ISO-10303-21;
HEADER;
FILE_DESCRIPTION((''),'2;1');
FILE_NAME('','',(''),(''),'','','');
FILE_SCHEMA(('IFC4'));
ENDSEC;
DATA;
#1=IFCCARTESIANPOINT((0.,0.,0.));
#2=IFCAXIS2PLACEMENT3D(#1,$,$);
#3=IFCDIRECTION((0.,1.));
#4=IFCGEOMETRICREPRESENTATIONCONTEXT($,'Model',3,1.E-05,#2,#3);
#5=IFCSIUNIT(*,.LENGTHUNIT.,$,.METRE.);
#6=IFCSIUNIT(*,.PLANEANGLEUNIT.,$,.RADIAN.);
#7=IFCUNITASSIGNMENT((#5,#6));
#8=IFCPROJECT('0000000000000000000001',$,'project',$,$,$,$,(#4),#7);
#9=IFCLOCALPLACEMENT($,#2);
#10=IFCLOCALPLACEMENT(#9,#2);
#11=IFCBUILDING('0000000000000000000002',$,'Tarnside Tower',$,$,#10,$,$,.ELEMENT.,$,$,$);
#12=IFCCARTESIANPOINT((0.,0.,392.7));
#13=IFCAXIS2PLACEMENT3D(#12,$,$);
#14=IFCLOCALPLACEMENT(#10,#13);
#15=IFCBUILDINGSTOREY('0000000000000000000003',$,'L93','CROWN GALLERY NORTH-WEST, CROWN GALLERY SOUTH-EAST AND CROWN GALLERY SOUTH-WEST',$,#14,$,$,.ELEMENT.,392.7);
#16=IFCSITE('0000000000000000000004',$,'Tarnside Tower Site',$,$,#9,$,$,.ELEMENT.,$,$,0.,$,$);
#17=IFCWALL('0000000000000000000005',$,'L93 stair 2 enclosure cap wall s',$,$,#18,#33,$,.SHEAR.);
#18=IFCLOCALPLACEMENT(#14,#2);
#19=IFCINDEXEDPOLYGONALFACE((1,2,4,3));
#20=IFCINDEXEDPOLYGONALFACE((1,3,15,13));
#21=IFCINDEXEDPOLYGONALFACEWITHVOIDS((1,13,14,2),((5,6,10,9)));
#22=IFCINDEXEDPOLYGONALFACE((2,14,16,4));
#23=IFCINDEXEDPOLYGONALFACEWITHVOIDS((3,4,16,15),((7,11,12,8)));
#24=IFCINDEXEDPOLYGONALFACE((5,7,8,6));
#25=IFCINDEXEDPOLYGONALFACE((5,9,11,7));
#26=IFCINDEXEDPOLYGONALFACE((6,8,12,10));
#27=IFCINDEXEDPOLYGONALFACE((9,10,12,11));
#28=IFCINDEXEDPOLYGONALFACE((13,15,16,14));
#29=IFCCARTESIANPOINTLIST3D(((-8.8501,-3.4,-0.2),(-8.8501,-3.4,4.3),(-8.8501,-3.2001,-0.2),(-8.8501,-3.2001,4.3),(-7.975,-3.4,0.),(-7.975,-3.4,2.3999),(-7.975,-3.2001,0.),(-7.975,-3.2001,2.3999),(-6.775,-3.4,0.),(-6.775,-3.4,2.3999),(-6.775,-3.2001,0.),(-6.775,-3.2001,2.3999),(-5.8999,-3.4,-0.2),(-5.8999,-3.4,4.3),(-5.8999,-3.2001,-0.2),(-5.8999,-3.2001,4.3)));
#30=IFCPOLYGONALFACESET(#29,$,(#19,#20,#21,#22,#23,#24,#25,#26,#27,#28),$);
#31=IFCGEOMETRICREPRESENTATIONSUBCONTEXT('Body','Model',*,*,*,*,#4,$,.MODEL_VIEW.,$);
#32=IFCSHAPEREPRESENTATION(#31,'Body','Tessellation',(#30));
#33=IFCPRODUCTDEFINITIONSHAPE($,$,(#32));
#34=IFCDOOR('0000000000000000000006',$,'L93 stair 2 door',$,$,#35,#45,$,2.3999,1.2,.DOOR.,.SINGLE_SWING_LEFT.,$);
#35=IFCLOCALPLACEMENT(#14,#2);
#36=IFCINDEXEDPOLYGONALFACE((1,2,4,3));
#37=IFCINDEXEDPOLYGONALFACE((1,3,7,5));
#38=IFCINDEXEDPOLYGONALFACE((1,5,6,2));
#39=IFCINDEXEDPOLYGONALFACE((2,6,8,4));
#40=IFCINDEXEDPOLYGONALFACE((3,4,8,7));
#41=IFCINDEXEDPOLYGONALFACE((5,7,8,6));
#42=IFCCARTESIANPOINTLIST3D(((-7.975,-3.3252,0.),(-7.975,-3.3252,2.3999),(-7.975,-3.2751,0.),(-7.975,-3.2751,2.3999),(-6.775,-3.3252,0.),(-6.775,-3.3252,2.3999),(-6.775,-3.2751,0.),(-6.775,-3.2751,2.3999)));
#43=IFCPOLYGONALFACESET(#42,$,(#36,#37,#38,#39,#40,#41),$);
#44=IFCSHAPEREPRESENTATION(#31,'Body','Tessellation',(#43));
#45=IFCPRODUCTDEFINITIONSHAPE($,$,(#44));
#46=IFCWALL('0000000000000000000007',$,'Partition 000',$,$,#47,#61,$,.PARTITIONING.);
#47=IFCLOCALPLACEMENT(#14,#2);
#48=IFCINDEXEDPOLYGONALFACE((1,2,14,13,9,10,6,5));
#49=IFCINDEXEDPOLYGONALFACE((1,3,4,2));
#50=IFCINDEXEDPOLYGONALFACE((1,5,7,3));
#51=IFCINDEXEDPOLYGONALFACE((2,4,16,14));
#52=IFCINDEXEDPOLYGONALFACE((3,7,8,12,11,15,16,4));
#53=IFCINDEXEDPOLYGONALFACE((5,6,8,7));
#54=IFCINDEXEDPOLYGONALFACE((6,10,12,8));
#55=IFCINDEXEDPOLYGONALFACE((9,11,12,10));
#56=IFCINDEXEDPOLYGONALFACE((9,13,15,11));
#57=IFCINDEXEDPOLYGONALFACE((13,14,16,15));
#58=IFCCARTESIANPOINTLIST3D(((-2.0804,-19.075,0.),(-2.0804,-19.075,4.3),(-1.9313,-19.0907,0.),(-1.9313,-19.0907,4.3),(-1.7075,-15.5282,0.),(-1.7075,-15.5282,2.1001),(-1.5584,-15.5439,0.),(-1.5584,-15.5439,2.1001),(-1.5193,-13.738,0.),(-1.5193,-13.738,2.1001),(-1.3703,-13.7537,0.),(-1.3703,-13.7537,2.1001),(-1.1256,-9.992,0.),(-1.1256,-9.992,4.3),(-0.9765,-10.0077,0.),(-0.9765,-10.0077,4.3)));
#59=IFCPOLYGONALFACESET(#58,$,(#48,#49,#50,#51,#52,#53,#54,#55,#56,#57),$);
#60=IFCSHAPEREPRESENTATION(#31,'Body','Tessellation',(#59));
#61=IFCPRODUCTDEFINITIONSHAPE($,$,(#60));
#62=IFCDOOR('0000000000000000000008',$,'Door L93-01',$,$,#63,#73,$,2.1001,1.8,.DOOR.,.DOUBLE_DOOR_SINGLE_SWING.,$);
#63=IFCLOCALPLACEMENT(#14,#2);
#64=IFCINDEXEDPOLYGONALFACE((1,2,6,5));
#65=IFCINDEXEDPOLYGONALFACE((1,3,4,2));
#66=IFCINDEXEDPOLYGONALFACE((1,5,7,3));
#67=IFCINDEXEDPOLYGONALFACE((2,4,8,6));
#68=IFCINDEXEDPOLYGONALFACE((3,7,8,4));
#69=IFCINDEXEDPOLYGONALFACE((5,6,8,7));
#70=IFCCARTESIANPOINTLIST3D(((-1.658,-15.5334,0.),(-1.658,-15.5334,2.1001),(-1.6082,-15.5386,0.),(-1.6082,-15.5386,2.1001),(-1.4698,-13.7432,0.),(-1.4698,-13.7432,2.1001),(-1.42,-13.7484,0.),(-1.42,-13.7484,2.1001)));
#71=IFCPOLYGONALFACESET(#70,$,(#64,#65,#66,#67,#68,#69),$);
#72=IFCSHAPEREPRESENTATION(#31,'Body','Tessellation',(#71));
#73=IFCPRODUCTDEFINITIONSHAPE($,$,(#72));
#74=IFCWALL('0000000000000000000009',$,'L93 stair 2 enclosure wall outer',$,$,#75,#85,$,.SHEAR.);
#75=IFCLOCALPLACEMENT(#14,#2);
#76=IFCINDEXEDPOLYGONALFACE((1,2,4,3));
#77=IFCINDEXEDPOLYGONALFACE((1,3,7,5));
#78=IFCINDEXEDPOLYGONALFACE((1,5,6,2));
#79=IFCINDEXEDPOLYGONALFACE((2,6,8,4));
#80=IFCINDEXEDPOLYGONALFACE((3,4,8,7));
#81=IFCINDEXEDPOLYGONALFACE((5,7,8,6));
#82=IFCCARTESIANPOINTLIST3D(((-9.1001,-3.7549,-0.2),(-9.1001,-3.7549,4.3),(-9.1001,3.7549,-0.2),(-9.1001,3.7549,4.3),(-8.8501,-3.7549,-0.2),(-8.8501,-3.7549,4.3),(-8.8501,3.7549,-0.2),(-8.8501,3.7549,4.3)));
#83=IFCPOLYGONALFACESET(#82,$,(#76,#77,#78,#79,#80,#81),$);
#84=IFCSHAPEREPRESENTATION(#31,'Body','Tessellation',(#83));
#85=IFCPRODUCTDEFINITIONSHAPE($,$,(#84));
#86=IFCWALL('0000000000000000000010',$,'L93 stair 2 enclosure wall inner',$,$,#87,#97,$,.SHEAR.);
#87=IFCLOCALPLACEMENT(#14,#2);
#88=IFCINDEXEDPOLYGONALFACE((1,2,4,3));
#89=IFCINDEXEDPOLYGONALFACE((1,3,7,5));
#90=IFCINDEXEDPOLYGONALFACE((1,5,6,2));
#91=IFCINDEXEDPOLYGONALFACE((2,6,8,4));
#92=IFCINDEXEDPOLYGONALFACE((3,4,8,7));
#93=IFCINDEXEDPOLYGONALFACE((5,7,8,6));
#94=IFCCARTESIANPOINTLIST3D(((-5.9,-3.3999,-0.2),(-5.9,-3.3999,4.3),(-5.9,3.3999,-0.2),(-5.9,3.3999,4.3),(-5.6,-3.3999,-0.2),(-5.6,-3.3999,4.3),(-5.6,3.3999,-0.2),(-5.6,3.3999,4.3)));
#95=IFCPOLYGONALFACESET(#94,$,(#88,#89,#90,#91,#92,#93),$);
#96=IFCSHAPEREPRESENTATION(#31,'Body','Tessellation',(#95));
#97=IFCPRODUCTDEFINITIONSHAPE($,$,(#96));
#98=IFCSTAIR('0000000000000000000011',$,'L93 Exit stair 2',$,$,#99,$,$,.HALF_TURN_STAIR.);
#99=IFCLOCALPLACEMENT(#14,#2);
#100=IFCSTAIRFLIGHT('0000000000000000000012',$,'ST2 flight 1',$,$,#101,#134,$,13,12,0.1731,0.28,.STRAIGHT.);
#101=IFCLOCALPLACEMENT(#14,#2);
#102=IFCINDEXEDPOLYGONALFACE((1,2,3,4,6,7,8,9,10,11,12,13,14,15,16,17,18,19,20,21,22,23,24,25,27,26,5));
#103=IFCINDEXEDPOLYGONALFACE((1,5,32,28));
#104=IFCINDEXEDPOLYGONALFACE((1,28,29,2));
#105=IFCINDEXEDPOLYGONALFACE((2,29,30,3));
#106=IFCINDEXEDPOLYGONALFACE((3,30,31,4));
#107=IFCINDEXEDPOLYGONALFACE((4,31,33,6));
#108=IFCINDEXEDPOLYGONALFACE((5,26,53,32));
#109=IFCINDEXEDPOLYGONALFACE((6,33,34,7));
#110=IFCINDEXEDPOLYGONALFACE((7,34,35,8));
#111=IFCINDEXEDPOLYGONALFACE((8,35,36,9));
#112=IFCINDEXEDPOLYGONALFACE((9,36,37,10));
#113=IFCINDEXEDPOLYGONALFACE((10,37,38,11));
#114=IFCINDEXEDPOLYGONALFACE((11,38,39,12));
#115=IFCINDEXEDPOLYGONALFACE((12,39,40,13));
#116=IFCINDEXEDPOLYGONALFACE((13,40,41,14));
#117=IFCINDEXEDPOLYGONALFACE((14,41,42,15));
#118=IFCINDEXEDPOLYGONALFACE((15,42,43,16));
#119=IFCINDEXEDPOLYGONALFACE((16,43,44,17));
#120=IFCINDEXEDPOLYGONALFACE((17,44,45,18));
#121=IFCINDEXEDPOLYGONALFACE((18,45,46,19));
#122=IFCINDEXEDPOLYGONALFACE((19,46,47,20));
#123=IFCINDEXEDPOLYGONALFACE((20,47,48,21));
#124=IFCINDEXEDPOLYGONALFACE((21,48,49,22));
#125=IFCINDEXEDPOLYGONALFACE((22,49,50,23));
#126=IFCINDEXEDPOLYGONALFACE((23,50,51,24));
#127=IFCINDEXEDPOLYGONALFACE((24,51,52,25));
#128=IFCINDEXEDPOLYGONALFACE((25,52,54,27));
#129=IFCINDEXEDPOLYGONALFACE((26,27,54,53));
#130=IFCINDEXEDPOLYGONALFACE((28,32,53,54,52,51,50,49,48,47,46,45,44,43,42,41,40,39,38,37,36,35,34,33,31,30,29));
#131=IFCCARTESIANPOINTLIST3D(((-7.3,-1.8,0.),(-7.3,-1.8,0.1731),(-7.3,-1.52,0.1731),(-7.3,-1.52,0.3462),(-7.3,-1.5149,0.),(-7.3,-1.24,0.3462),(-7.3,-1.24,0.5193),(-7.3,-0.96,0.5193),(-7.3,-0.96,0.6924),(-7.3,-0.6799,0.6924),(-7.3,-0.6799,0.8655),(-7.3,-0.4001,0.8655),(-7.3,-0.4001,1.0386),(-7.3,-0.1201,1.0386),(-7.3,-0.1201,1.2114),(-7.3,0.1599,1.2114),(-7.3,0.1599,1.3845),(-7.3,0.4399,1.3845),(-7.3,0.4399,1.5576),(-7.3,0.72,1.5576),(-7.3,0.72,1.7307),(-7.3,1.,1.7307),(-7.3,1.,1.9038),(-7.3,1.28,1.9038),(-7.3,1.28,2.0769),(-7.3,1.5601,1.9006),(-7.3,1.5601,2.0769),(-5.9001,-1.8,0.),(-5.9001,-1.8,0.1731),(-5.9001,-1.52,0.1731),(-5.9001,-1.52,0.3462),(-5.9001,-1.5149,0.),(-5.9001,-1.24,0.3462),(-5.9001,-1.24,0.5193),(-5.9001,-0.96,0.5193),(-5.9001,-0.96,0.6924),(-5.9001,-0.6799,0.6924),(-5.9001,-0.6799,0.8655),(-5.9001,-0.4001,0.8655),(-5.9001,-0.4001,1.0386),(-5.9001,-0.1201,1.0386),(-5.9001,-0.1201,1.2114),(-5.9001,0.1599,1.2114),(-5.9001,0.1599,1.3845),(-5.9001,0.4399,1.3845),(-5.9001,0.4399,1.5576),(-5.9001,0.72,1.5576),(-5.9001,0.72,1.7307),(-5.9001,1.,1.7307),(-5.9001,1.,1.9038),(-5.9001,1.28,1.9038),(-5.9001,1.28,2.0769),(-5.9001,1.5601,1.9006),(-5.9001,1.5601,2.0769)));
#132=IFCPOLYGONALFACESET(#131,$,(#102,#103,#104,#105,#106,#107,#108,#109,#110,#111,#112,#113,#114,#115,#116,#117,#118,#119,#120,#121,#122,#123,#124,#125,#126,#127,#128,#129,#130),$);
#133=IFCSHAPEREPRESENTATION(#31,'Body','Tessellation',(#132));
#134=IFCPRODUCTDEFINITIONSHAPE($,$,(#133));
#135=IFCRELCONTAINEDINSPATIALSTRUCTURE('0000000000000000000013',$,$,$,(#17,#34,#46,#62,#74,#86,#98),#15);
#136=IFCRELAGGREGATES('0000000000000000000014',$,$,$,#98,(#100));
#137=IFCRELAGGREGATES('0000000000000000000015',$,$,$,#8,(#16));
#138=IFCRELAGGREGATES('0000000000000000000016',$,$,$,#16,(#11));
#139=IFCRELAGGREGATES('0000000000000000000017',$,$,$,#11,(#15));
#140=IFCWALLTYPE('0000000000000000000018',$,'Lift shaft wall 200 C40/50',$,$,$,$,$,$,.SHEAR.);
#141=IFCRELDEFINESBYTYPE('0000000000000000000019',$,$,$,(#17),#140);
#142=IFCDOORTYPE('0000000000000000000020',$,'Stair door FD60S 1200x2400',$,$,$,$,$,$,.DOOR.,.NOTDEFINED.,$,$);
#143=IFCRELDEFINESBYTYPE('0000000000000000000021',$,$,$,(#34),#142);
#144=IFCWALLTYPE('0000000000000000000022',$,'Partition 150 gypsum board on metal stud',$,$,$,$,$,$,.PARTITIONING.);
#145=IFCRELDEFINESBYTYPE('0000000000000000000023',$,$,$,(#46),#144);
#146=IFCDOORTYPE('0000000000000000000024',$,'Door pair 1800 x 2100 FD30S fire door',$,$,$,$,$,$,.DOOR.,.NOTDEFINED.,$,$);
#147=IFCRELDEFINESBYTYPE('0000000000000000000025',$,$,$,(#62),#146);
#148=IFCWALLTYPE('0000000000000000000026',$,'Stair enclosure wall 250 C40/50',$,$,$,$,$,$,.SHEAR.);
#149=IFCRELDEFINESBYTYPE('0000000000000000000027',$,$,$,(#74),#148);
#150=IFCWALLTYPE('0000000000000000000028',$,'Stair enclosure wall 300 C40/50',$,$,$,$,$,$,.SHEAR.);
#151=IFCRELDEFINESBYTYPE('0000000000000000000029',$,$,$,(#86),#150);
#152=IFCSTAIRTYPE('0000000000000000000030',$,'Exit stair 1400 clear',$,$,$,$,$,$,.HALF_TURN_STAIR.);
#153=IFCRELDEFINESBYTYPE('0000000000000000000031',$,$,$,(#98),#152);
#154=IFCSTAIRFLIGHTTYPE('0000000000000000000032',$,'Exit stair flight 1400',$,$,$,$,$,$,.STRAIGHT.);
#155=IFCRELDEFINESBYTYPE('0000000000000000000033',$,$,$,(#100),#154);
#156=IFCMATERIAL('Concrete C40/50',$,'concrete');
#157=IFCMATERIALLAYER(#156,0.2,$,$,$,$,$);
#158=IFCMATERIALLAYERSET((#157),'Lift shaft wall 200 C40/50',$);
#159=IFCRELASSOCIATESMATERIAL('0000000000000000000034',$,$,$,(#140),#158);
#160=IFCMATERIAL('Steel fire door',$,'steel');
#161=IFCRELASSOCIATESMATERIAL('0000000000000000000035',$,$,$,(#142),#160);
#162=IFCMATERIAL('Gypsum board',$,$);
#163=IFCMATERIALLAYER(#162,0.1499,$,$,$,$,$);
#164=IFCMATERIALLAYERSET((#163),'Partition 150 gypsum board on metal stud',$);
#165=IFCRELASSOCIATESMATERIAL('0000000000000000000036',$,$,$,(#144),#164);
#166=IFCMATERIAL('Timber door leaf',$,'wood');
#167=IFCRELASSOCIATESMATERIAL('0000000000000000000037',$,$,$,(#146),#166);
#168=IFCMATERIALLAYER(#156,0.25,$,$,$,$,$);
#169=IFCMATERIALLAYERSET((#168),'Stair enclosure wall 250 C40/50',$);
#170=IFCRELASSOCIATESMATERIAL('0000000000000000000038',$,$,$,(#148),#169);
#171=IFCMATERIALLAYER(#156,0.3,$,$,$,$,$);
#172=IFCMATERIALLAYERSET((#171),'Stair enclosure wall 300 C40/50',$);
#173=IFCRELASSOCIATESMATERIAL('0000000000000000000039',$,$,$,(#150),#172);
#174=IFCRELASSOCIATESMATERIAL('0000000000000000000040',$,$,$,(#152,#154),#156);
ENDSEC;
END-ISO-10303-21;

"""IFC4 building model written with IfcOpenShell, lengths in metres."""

from ifc_helpers import new_model, si_unit, direction, frame, frame_2d, origin, place, context, subcontext, project, spatial, polyline, rectangle, outline, extrude, material, layer, layer_set, type_object, element, fill, aggregate, save


model = new_model("IFC4")

# Units and contexts
model_context = context("Model", 3, precision=1e-05, world=origin(), true_north=direction((0.0, 1.0)))
body_context = subcontext(model_context, "Body", "Model", "MODEL_VIEW")
ifc_project = project(units=[si_unit("LENGTHUNIT", "METRE"), si_unit("PLANEANGLEUNIT", "RADIAN")], contexts=[model_context])

# Site, building, storey
site_placement = place(None, origin())
site = spatial("IfcSite", under=ifc_project, at=site_placement, Name="Tarnside Tower Site", CompositionType="ELEMENT", RefElevation=0.0)
building_placement = place(site_placement, origin())
building = spatial("IfcBuilding", under=site, at=building_placement, Name="Tarnside Tower", CompositionType="ELEMENT")
storey_placement = place(building_placement, frame((0.0, 0.0, 392.7)))
storey = spatial("IfcBuildingStorey", under=building, at=storey_placement, Name="L93", Description="CROWN GALLERY NORTH-WEST, CROWN GALLERY SOUTH-EAST AND CROWN GALLERY SOUTH-WEST", CompositionType="ELEMENT", Elevation=392.7)

# Shared definitions
ifc_material_1 = material(Name="Concrete C40/50", Category="concrete")

# Shared definitions
ifc_layer_1 = layer(ifc_material_1, 0.2)
ifc_layer_set_1 = layer_set([ifc_layer_1], Name="Lift shaft wall 200 C40/50")
wall_type_1 = type_object("IfcWallType", Name="Lift shaft wall 200 C40/50", PredefinedType="SHEAR", material=ifc_layer_set_1)
ifc_material_2 = material(Name="Steel fire door", Category="steel")

# Walls, openings, doors
wall_1_placement = place(storey_placement, frame((-8.8501, -3.3, -0.2), z_axis=(0.0, 0.0, 1.0), x_axis=(1.0, 0.0, 0.0)))
wall_1 = element("IfcWall", 1, at=wall_1_placement, inside=storey, type_object=wall_type_1, Name="L93 stair 2 enclosure cap wall s", PredefinedType="SHEAR", context=body_context, shape_type="SweptSolid", body=[
    extrude(rectangle(XDim=2.9502, YDim=0.2, at=frame_2d((1.4751, 0.0))), origin(), (0.0, 0.0, 1.0), 4.5),
])
opening_1_placement = place(wall_1_placement, frame((0.875, 0.0, 0.2)))
opening_1 = element("IfcOpeningElement", 2, at=opening_1_placement, cuts=wall_1, PredefinedType="OPENING", context=body_context, shape_type="SweptSolid", body=[
    extrude(rectangle(XDim=1.2, YDim=2.3999, at=frame_2d((0.6001, 1.2))), frame((0.0, 0.1099, 0.0), z_axis=(0.0, -1.0, 0.0), x_axis=(1.0, 0.0, 0.0)), (0.0, 0.0, 1.0), 0.22),
])
door_type_1 = type_object("IfcDoorType", Name="Stair door FD60S 1200x2400", OperationType="NOTDEFINED", PredefinedType="DOOR", material=ifc_material_2)
door_1_placement = place(opening_1_placement, origin())
door_1 = element("IfcDoor", 3, at=door_1_placement, inside=storey, type_object=door_type_1, Name="L93 stair 2 door", OperationType="SINGLE_SWING_LEFT", OverallHeight=2.3999, OverallWidth=1.2, PredefinedType="DOOR", context=body_context, shape_type="SweptSolid", body=[
    extrude(rectangle(XDim=1.2, YDim=2.3999, at=frame_2d((0.6001, 1.2))), frame((0.0, 0.0249, 0.0), z_axis=(0.0, -1.0, 0.0), x_axis=(1.0, 0.0, 0.0)), (0.0, 0.0, 1.0), 0.05),
])
fill(opening_1, door_1)
ifc_material_3 = material(Name="Gypsum board")
ifc_layer_2 = layer(ifc_material_3, 0.1499)
ifc_layer_set_2 = layer_set([ifc_layer_2], Name="Partition 150 gypsum board on metal stud")
wall_type_2 = type_object("IfcWallType", Name="Partition 150 gypsum board on metal stud", PredefinedType="PARTITIONING", material=ifc_layer_set_2)
wall_2_placement = place(storey_placement, frame((-1.051, -10.0, 0.0), z_axis=(0.0, 0.0, 1.0), x_axis=(-0.104547, -0.99452, 0.0)))
wall_2 = element("IfcWall", 4, at=wall_2_placement, inside=storey, type_object=wall_type_2, Name="Partition 000", PredefinedType="PARTITIONING", context=body_context, shape_type="SweptSolid", body=[
    extrude(rectangle(XDim=9.1331, YDim=0.1499, at=frame_2d((4.5664, 0.0))), origin(), (0.0, 0.0, 1.0), 4.3),
])
opening_2_placement = place(wall_2_placement, frame((3.7666, 0.0, 0.0)))
opening_2 = element("IfcOpeningElement", 5, at=opening_2_placement, cuts=wall_2, PredefinedType="OPENING", context=body_context, shape_type="SweptSolid", body=[
    extrude(rectangle(XDim=1.8, YDim=2.1001, at=frame_2d((0.8999, 1.05))), frame((0.0, 0.085, 0.0), z_axis=(0.0, -1.0, 0.0), x_axis=(1.0, 0.0, 0.0)), (0.0, 0.0, 1.0), 0.1699),
])
ifc_material_4 = material(Name="Timber door leaf", Category="wood")
door_type_2 = type_object("IfcDoorType", Name="Door pair 1800 x 2100 FD30S fire door", OperationType="NOTDEFINED", PredefinedType="DOOR", material=ifc_material_4)
door_2_placement = place(opening_2_placement, origin())
door_2 = element("IfcDoor", 6, at=door_2_placement, inside=storey, type_object=door_type_2, Name="Door L93-01", OperationType="DOUBLE_DOOR_SINGLE_SWING", OverallHeight=2.1001, OverallWidth=1.8, PredefinedType="DOOR", context=body_context, shape_type="SweptSolid", body=[
    extrude(rectangle(XDim=1.8, YDim=2.1001, at=frame_2d((0.8999, 1.05))), frame((0.0, 0.0249, 0.0), z_axis=(0.0, -1.0, 0.0), x_axis=(1.0, 0.0, 0.0)), (0.0, 0.0, 1.0), 0.05),
])
fill(opening_2, door_2)

# Walls
ifc_layer_3 = layer(ifc_material_1, 0.25)
ifc_layer_set_3 = layer_set([ifc_layer_3], Name="Stair enclosure wall 250 C40/50")
wall_type_3 = type_object("IfcWallType", Name="Stair enclosure wall 250 C40/50", PredefinedType="SHEAR", material=ifc_layer_set_3)
wall_3_placement = place(storey_placement, frame((-8.9751, -3.7549, -0.2), z_axis=(0.0, 0.0, 1.0), x_axis=(0.0, 1.0, 0.0)))
element("IfcWall", 7, at=wall_3_placement, inside=storey, type_object=wall_type_3, Name="L93 stair 2 enclosure wall outer", PredefinedType="SHEAR", context=body_context, shape_type="SweptSolid", body=[
    extrude(rectangle(XDim=7.5098, YDim=0.25, at=frame_2d((3.7549, 0.0))), origin(), (0.0, 0.0, 1.0), 4.5),
])
ifc_layer_4 = layer(ifc_material_1, 0.3)
ifc_layer_set_4 = layer_set([ifc_layer_4], Name="Stair enclosure wall 300 C40/50")
wall_type_4 = type_object("IfcWallType", Name="Stair enclosure wall 300 C40/50", PredefinedType="SHEAR", material=ifc_layer_set_4)
wall_4_placement = place(storey_placement, frame((-5.75, -3.3999, -0.2), z_axis=(0.0, 0.0, 1.0), x_axis=(0.0, 1.0, 0.0)))
element("IfcWall", 8, at=wall_4_placement, inside=storey, type_object=wall_type_4, Name="L93 stair 2 enclosure wall inner", PredefinedType="SHEAR", context=body_context, shape_type="SweptSolid", body=[
    extrude(rectangle(XDim=6.7998, YDim=0.3, at=frame_2d((3.3999, 0.0))), origin(), (0.0, 0.0, 1.0), 4.5),
])

# Stair, stair flight
stair_type = type_object("IfcStairType", Name="Exit stair 1400 clear", PredefinedType="HALF_TURN_STAIR", material=ifc_material_1)
stair_placement = place(storey_placement, origin())
stair = element("IfcStair", 9, at=stair_placement, inside=storey, type_object=stair_type, Name="L93 Exit stair 2", PredefinedType="HALF_TURN_STAIR")
stair_flight_type = type_object("IfcStairFlightType", Name="Exit stair flight 1400", PredefinedType="STRAIGHT", material=ifc_material_1)
stair_flight_placement = place(storey_placement, frame((-6.6001, -1.8, 0.0), z_axis=(0.0, 0.0, 1.0), x_axis=(0.0, 1.0, 0.0)))
stair_flight = element("IfcStairFlight", 10, at=stair_flight_placement, type_object=stair_flight_type, Name="ST2 flight 1", NumberOfRisers=13, NumberOfTreads=12, PredefinedType="STRAIGHT", RiserHeight=0.1731, TreadLength=0.28, context=body_context, shape_type="SweptSolid", body=[
    extrude(outline(polyline([(0.0, 0.0), (0.0, 0.1731), (0.28, 0.1731), (0.28, 0.3462), (0.5601, 0.3462), (0.5601, 0.5193), (0.8401, 0.5193), (0.8401, 0.6924), (1.1201, 0.6924), (1.1201, 0.8655), (1.3999, 0.8655), (1.3999, 1.0386), (1.6799, 1.0386), (1.6799, 1.2114), (1.96, 1.2114), (1.96, 1.3845), (2.24, 1.3845), (2.24, 1.5576), (2.52, 1.5576), (2.52, 1.7307), (2.8, 1.7307), (2.8, 1.9038), (3.0801, 1.9038), (3.0801, 2.0769), (3.3601, 2.0769), (3.3601, 2.25), (3.3601, 1.9006), (0.2852, 0.0), (0.0, 0.0)])), frame((0.0, 0.7, 0.0), z_axis=(0.0, -1.0, 0.0), x_axis=(1.0, 0.0, 0.0)), (0.0, 0.0, 1.0), 1.3999),
])
aggregate(stair, [stair_flight])

save(model, "model.ifc")
